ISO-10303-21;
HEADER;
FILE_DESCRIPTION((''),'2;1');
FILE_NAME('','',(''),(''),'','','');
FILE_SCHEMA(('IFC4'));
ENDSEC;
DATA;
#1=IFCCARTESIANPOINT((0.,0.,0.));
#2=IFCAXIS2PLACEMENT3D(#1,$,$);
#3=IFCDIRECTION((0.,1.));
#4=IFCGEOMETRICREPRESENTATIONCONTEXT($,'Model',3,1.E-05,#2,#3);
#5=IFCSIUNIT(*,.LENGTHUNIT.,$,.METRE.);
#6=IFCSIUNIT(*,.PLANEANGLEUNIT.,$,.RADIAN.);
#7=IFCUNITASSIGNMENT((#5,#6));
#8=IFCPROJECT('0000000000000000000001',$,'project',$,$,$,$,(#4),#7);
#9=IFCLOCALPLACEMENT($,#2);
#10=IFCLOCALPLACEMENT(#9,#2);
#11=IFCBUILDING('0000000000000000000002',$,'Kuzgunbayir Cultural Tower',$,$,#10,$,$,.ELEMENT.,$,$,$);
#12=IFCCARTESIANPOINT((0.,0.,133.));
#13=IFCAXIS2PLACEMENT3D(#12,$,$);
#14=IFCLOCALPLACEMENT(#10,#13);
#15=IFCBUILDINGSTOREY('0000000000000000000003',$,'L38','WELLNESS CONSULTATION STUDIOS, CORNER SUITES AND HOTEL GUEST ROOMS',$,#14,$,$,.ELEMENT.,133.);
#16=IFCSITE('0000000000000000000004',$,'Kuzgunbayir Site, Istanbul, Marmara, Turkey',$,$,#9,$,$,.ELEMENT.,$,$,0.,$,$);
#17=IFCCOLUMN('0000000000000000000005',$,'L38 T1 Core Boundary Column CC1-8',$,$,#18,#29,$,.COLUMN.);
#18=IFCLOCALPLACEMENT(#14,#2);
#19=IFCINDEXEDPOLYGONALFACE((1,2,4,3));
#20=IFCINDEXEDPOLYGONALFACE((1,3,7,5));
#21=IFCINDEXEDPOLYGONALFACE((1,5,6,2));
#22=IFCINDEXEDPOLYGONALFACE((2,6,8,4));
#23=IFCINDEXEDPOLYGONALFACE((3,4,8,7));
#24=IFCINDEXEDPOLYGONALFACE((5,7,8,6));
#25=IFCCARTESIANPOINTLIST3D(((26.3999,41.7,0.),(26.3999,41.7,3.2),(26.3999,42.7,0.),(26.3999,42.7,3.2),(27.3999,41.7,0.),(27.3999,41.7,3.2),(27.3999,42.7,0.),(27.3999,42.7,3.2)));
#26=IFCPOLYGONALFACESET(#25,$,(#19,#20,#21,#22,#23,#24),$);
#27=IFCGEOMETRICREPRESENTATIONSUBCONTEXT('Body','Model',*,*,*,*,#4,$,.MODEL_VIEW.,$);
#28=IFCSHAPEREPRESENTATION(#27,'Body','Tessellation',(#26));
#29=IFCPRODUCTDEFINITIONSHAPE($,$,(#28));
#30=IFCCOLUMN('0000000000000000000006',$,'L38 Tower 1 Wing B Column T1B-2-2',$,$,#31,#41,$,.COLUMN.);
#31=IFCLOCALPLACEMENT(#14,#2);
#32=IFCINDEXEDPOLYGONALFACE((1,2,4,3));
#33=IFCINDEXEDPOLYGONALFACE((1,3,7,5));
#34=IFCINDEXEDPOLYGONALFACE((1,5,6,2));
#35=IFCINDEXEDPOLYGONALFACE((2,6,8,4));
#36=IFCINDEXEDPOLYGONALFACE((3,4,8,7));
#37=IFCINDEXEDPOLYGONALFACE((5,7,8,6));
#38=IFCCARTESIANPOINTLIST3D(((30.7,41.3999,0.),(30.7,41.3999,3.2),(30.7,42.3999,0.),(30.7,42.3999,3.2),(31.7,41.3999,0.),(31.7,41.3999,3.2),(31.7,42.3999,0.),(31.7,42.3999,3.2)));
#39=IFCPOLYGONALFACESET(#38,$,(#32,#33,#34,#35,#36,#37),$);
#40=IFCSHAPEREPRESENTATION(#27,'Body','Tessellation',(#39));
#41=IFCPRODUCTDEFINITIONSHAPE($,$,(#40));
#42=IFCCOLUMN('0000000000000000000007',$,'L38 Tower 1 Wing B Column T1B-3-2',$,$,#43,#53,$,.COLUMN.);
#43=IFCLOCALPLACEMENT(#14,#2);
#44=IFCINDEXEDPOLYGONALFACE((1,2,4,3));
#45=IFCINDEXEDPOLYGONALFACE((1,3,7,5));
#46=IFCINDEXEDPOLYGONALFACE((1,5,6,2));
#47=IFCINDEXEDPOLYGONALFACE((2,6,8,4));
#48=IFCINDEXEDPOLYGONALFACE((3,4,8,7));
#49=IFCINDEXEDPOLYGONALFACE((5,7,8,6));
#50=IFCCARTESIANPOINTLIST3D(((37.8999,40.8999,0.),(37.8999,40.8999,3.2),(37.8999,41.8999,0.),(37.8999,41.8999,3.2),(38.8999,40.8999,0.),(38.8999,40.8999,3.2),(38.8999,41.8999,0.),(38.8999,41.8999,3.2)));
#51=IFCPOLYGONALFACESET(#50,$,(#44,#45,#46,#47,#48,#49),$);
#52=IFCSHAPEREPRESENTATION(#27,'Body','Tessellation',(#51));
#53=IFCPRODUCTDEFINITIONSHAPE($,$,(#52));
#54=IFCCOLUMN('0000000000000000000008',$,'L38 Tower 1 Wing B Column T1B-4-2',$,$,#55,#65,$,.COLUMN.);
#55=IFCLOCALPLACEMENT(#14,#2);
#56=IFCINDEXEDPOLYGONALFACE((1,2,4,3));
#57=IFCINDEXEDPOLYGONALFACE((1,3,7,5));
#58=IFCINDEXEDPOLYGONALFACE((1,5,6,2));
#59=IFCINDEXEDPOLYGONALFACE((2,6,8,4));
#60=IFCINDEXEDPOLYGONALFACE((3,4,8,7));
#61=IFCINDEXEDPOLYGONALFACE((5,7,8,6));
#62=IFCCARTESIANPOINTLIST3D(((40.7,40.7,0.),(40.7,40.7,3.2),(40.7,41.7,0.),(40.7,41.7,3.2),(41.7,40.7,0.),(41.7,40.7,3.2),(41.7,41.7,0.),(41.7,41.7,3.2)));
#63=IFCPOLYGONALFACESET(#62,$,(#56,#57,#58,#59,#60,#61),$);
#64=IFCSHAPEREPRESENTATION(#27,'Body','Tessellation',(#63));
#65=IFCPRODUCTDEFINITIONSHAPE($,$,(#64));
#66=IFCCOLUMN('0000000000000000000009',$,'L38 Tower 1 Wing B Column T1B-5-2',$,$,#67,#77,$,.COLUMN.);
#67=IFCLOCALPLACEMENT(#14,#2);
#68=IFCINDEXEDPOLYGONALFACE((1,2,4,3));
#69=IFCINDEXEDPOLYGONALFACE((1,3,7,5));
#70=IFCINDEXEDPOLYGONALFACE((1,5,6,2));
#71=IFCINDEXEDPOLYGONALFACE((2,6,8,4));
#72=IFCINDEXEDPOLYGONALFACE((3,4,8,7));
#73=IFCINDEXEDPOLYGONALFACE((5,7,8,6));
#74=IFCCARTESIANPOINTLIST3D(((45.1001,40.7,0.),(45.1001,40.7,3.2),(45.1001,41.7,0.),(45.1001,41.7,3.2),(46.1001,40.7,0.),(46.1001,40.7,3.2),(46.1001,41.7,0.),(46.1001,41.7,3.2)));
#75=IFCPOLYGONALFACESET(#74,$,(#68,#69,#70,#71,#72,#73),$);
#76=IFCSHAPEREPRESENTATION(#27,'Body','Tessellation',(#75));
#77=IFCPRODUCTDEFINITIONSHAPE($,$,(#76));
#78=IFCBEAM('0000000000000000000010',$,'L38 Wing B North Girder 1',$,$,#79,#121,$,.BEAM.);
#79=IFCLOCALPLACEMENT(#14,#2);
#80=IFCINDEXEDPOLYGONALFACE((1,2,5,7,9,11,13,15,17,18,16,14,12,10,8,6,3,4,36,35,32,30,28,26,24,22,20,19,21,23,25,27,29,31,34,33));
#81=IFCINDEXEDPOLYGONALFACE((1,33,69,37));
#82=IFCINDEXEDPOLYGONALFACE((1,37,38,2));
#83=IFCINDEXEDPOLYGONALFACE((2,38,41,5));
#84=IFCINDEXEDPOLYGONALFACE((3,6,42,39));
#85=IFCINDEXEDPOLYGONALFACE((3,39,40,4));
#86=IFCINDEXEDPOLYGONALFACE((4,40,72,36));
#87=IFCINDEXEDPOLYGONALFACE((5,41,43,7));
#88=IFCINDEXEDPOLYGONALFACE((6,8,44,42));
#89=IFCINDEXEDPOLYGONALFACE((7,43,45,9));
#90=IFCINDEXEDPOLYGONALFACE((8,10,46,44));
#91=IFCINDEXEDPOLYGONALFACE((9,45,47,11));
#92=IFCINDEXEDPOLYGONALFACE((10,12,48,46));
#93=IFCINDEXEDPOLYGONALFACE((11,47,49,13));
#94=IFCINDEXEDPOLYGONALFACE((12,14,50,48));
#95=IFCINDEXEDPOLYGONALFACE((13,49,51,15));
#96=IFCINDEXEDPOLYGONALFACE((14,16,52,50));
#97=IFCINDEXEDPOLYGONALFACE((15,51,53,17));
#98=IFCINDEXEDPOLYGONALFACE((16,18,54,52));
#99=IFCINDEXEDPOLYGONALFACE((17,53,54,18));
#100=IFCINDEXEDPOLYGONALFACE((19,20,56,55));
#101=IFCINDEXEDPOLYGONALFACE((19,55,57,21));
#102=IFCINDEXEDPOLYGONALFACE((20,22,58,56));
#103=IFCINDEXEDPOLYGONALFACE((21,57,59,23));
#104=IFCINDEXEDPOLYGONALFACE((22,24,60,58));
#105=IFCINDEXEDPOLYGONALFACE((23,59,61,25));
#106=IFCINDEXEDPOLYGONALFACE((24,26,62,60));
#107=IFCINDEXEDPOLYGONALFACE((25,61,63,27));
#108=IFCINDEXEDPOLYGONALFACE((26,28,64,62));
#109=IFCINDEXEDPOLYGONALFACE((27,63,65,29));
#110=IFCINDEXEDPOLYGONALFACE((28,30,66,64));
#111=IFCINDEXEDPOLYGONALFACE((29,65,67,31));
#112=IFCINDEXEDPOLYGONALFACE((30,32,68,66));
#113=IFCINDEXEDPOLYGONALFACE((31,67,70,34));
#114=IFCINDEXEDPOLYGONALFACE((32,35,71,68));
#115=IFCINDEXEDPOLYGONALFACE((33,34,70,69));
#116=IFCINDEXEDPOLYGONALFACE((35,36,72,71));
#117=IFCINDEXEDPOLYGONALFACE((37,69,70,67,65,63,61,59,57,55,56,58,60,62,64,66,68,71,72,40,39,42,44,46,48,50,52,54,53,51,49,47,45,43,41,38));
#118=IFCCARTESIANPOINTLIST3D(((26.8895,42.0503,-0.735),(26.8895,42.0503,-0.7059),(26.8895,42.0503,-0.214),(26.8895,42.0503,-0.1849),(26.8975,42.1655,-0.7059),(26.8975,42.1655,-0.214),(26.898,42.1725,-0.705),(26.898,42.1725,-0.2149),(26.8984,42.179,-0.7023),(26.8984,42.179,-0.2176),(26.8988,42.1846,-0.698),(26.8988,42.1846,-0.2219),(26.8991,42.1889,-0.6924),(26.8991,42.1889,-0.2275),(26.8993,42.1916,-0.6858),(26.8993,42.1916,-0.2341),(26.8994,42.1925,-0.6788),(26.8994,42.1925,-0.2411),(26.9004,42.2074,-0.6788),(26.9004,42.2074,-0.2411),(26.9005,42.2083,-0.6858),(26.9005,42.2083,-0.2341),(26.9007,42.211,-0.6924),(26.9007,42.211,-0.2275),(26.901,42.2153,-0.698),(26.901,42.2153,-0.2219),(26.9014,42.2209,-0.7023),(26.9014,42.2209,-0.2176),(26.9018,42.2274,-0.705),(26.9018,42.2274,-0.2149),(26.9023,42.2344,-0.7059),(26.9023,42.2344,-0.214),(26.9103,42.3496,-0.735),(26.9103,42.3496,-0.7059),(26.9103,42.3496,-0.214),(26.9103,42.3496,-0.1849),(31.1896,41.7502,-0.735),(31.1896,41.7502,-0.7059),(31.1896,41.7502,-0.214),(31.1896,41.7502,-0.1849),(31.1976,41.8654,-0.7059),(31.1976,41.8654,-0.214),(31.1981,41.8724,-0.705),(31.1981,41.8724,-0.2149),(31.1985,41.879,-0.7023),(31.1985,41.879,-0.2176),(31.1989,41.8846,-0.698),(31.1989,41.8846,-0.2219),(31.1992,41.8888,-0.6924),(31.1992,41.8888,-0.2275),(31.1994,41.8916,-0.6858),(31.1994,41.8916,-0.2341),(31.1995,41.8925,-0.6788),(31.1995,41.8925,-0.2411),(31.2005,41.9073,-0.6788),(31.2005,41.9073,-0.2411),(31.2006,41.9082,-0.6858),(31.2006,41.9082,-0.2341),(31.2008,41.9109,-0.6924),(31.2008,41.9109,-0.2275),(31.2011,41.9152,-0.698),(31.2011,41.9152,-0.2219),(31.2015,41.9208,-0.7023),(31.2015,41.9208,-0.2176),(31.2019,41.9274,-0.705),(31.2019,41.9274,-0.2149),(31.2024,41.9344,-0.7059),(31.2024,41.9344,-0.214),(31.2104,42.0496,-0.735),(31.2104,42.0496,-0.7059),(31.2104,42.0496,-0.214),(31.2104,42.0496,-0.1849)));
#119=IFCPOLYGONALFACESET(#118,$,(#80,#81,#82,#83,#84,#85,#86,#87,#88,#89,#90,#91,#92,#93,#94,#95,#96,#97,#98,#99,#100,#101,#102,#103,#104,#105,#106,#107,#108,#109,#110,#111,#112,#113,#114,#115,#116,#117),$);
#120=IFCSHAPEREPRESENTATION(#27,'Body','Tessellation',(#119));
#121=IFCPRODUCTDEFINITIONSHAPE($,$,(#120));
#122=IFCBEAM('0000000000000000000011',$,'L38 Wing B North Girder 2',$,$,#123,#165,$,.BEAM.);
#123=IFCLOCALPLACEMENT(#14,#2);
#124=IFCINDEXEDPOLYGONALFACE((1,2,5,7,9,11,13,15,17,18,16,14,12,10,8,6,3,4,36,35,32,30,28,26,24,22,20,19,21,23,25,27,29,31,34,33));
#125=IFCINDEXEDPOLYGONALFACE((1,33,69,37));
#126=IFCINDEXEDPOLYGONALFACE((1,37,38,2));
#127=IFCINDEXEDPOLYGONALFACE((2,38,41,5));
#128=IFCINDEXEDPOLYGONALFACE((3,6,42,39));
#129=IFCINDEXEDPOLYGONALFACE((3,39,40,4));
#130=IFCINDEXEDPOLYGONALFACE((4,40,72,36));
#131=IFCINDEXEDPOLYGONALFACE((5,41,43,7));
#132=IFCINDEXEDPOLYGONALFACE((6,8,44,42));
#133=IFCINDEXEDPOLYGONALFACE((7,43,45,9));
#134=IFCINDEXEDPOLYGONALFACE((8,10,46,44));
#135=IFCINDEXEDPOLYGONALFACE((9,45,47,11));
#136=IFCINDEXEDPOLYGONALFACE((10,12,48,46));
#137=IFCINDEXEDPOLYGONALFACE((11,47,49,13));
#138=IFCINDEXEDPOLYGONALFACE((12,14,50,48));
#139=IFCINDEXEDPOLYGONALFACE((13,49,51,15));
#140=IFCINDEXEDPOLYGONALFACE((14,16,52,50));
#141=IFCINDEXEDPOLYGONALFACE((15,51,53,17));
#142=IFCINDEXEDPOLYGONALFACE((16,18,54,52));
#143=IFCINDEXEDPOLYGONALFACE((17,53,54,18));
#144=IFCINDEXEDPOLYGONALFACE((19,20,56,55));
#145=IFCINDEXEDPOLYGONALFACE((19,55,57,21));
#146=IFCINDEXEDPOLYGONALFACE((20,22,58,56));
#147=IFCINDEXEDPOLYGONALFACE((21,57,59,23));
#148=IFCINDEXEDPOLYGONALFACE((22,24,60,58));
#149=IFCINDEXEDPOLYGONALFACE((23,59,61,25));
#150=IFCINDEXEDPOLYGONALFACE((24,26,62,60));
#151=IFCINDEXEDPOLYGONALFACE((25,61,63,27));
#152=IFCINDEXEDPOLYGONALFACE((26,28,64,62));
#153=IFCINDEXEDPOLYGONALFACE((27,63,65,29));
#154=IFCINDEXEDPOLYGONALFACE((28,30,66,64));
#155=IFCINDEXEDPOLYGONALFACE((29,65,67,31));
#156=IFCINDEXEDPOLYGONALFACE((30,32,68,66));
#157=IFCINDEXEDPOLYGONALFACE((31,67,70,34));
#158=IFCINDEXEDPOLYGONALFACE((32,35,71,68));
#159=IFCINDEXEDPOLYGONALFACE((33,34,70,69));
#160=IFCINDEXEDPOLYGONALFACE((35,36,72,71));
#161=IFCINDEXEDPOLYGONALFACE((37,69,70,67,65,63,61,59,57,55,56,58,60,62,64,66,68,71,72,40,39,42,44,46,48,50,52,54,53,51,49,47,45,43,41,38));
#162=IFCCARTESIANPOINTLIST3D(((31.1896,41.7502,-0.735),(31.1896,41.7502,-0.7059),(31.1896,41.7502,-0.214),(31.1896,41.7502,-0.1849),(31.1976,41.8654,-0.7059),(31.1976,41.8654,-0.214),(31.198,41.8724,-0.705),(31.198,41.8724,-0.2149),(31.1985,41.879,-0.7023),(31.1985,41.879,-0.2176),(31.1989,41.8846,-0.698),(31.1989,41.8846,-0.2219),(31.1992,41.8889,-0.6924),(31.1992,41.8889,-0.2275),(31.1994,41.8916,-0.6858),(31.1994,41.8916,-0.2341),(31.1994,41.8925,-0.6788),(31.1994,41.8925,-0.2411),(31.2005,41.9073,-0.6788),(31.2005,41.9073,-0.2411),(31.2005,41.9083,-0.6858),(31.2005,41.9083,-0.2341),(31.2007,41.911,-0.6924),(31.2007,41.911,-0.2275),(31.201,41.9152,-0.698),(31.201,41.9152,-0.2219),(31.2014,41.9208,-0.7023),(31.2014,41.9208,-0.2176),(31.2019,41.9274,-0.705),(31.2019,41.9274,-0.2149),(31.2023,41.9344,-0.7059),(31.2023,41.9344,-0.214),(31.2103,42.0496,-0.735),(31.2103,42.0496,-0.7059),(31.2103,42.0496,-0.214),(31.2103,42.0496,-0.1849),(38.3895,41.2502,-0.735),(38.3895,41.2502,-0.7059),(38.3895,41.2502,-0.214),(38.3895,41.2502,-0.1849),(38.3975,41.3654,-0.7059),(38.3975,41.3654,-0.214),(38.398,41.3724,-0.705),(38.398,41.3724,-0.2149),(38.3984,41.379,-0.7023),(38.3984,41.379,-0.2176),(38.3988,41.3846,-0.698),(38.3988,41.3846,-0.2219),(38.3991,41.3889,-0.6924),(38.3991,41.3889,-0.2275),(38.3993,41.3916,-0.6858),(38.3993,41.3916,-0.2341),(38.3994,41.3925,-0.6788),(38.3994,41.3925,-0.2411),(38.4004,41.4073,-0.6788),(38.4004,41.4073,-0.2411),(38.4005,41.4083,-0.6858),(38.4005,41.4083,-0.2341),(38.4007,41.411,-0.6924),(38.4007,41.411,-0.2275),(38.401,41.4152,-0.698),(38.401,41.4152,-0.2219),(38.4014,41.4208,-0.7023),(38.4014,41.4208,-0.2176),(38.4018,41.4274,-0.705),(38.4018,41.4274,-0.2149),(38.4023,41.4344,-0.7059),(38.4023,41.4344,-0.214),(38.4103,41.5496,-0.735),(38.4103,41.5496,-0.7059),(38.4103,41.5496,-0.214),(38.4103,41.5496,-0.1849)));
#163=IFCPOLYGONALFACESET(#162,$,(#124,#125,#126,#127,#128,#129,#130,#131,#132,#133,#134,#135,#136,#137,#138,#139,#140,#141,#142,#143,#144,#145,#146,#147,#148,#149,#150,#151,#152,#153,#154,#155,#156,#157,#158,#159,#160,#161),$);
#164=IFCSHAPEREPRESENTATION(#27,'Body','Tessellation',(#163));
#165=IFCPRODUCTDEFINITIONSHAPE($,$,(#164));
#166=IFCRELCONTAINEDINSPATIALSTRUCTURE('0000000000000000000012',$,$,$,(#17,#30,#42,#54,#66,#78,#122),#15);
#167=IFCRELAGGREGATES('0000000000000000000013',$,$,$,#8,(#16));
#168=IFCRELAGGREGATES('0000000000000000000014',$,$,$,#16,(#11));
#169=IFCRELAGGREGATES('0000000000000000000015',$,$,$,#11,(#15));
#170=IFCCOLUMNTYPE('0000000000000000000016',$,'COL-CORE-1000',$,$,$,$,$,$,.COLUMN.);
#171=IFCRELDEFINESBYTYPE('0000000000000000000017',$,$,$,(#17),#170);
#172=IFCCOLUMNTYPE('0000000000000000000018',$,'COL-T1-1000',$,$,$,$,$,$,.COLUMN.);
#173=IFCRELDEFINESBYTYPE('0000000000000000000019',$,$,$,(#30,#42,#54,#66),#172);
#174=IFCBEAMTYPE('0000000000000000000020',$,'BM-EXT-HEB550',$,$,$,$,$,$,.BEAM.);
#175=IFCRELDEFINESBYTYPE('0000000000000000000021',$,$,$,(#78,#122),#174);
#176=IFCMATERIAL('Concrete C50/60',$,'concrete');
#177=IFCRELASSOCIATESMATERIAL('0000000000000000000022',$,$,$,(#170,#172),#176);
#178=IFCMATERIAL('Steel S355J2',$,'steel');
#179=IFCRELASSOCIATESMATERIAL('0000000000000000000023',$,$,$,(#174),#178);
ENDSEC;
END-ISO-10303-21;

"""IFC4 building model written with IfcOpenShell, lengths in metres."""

from ifc_helpers import new_model, si_unit, direction, frame, origin, origin_2d, place, context, subcontext, project, spatial, rectangle, i_section, extrude, material, material_profile, profile_set, type_object, element, save


model = new_model("IFC4")

# Units and contexts
model_context = context("Model", 3, precision=1e-05, world=origin(), true_north=direction((0.0, 1.0)))
body_context = subcontext(model_context, "Body", "Model", "MODEL_VIEW")
ifc_project = project(units=[si_unit("LENGTHUNIT", "METRE"), si_unit("PLANEANGLEUNIT", "RADIAN")], contexts=[model_context])

# Site, building, storey
site_placement = place(None, origin())
site = spatial("IfcSite", under=ifc_project, at=site_placement, Name="Kuzgunbayir Site, Istanbul, Marmara, Turkey", CompositionType="ELEMENT", RefElevation=0.0)
building_placement = place(site_placement, origin())
building = spatial("IfcBuilding", under=site, at=building_placement, Name="Kuzgunbayir Cultural Tower", CompositionType="ELEMENT")
storey_placement = place(building_placement, frame((0.0, 0.0, 133.0)))
storey = spatial("IfcBuildingStorey", under=building, at=storey_placement, Name="L38", Description="WELLNESS CONSULTATION STUDIOS, CORNER SUITES AND HOTEL GUEST ROOMS", CompositionType="ELEMENT", Elevation=133.0)

# Columns
ifc_material_1 = material(Name="Concrete C50/60", Category="concrete")
ifc_material_profile_1 = material_profile(ifc_material_1, rectangle(XDim=1.0, YDim=1.0, at=origin_2d()), Name="RC 1000x1000")
ifc_profile_set_1 = profile_set([ifc_material_profile_1], Name="Concrete C50/60")
column_type_1 = type_object("IfcColumnType", Name="COL-CORE-1000", PredefinedType="COLUMN", material=ifc_profile_set_1)
column_placement = place(storey_placement, frame((26.8999, 42.2, 0.0), z_axis=(0.0, 0.0, 1.0), x_axis=(1.0, 0.0, 0.0)))
element("IfcColumn", 1, at=column_placement, inside=storey, type_object=column_type_1, Name="L38 T1 Core Boundary Column CC1-8", PredefinedType="COLUMN", context=body_context, shape_type="SweptSolid", body=[
    extrude(rectangle(XDim=1.0, YDim=1.0, at=origin_2d()), origin(), (0.0, 0.0, 1.0), 3.2),
])
ifc_material_profile_2 = material_profile(ifc_material_1, rectangle(XDim=1.0, YDim=1.0, at=origin_2d()), Name="RC 1000x1000")
ifc_profile_set_2 = profile_set([ifc_material_profile_2], Name="Concrete C50/60")
column_type_2 = type_object("IfcColumnType", Name="COL-T1-1000", PredefinedType="COLUMN", material=ifc_profile_set_2)
for number, where, z_axis, x_axis, name in (
    (2, (31.2, 41.8999, 0.0), (0.0, 0.0, 1.0), (1.0, 0.0, 0.0), "L38 Tower 1 Wing B Column T1B-2-2"),
    (3, (38.3999, 41.3999, 0.0), (0.0, 0.0, 1.0), (1.0, 0.0, 0.0), "L38 Tower 1 Wing B Column T1B-3-2"),
    (4, (41.2, 41.2, 0.0), (0.0, 0.0, 1.0), (1.0, 0.0, 0.0), "L38 Tower 1 Wing B Column T1B-4-2"),
    (5, (45.6001, 41.2, 0.0), (0.0, 0.0, 1.0), (1.0, 0.0, 0.0), "L38 Tower 1 Wing B Column T1B-5-2"),
):
    element("IfcColumn", number, at=place(storey_placement, frame(where, z_axis=z_axis, x_axis=x_axis)), inside=storey, type_object=column_type_2, Name=name, PredefinedType="COLUMN", context=body_context, shape_type="SweptSolid", body=[
        extrude(rectangle(XDim=1.0, YDim=1.0, at=origin_2d()), origin(), (0.0, 0.0, 1.0), 3.2),
    ])

# Beams
ifc_material_2 = material(Name="Steel S355J2", Category="steel")
ifc_material_profile_3 = material_profile(ifc_material_2, i_section(OverallWidth=0.3, OverallDepth=0.55, WebThickness=0.0149, FlangeThickness=0.0291, FilletRadius=0.0271, at=origin_2d()), Name="HEB 550")
ifc_profile_set_3 = profile_set([ifc_material_profile_3], Name="Steel S355J2")
beam_type_1 = type_object("IfcBeamType", Name="BM-EXT-HEB550", PredefinedType="BEAM", material=ifc_profile_set_3)
beam_1_placement = place(storey_placement, frame((26.8999, 42.2, -0.46), z_axis=(0.997574, -0.069609, 0.0), x_axis=(0.069609, 0.997574, 0.0)))
element("IfcBeam", 6, at=beam_1_placement, inside=storey, type_object=beam_type_1, Name="L38 Wing B North Girder 1", PredefinedType="BEAM", context=body_context, shape_type="SweptSolid", body=[
    extrude(i_section(OverallWidth=0.3, OverallDepth=0.55, WebThickness=0.0149, FlangeThickness=0.0291, FilletRadius=0.0271, at=origin_2d()), origin(), (0.0, 0.0, 1.0), 4.3105),
])
beam_2_placement = place(storey_placement, frame((31.2, 41.8999, -0.46), z_axis=(0.997597, -0.069278, 0.0), x_axis=(0.069278, 0.997597, 0.0)))
element("IfcBeam", 7, at=beam_2_placement, inside=storey, type_object=beam_type_1, Name="L38 Wing B North Girder 2", PredefinedType="BEAM", context=body_context, shape_type="SweptSolid", body=[
    extrude(i_section(OverallWidth=0.3, OverallDepth=0.55, WebThickness=0.0149, FlangeThickness=0.0291, FilletRadius=0.0271, at=origin_2d()), origin(), (0.0, 0.0, 1.0), 7.2173),
])

save(model, "model.ifc")
